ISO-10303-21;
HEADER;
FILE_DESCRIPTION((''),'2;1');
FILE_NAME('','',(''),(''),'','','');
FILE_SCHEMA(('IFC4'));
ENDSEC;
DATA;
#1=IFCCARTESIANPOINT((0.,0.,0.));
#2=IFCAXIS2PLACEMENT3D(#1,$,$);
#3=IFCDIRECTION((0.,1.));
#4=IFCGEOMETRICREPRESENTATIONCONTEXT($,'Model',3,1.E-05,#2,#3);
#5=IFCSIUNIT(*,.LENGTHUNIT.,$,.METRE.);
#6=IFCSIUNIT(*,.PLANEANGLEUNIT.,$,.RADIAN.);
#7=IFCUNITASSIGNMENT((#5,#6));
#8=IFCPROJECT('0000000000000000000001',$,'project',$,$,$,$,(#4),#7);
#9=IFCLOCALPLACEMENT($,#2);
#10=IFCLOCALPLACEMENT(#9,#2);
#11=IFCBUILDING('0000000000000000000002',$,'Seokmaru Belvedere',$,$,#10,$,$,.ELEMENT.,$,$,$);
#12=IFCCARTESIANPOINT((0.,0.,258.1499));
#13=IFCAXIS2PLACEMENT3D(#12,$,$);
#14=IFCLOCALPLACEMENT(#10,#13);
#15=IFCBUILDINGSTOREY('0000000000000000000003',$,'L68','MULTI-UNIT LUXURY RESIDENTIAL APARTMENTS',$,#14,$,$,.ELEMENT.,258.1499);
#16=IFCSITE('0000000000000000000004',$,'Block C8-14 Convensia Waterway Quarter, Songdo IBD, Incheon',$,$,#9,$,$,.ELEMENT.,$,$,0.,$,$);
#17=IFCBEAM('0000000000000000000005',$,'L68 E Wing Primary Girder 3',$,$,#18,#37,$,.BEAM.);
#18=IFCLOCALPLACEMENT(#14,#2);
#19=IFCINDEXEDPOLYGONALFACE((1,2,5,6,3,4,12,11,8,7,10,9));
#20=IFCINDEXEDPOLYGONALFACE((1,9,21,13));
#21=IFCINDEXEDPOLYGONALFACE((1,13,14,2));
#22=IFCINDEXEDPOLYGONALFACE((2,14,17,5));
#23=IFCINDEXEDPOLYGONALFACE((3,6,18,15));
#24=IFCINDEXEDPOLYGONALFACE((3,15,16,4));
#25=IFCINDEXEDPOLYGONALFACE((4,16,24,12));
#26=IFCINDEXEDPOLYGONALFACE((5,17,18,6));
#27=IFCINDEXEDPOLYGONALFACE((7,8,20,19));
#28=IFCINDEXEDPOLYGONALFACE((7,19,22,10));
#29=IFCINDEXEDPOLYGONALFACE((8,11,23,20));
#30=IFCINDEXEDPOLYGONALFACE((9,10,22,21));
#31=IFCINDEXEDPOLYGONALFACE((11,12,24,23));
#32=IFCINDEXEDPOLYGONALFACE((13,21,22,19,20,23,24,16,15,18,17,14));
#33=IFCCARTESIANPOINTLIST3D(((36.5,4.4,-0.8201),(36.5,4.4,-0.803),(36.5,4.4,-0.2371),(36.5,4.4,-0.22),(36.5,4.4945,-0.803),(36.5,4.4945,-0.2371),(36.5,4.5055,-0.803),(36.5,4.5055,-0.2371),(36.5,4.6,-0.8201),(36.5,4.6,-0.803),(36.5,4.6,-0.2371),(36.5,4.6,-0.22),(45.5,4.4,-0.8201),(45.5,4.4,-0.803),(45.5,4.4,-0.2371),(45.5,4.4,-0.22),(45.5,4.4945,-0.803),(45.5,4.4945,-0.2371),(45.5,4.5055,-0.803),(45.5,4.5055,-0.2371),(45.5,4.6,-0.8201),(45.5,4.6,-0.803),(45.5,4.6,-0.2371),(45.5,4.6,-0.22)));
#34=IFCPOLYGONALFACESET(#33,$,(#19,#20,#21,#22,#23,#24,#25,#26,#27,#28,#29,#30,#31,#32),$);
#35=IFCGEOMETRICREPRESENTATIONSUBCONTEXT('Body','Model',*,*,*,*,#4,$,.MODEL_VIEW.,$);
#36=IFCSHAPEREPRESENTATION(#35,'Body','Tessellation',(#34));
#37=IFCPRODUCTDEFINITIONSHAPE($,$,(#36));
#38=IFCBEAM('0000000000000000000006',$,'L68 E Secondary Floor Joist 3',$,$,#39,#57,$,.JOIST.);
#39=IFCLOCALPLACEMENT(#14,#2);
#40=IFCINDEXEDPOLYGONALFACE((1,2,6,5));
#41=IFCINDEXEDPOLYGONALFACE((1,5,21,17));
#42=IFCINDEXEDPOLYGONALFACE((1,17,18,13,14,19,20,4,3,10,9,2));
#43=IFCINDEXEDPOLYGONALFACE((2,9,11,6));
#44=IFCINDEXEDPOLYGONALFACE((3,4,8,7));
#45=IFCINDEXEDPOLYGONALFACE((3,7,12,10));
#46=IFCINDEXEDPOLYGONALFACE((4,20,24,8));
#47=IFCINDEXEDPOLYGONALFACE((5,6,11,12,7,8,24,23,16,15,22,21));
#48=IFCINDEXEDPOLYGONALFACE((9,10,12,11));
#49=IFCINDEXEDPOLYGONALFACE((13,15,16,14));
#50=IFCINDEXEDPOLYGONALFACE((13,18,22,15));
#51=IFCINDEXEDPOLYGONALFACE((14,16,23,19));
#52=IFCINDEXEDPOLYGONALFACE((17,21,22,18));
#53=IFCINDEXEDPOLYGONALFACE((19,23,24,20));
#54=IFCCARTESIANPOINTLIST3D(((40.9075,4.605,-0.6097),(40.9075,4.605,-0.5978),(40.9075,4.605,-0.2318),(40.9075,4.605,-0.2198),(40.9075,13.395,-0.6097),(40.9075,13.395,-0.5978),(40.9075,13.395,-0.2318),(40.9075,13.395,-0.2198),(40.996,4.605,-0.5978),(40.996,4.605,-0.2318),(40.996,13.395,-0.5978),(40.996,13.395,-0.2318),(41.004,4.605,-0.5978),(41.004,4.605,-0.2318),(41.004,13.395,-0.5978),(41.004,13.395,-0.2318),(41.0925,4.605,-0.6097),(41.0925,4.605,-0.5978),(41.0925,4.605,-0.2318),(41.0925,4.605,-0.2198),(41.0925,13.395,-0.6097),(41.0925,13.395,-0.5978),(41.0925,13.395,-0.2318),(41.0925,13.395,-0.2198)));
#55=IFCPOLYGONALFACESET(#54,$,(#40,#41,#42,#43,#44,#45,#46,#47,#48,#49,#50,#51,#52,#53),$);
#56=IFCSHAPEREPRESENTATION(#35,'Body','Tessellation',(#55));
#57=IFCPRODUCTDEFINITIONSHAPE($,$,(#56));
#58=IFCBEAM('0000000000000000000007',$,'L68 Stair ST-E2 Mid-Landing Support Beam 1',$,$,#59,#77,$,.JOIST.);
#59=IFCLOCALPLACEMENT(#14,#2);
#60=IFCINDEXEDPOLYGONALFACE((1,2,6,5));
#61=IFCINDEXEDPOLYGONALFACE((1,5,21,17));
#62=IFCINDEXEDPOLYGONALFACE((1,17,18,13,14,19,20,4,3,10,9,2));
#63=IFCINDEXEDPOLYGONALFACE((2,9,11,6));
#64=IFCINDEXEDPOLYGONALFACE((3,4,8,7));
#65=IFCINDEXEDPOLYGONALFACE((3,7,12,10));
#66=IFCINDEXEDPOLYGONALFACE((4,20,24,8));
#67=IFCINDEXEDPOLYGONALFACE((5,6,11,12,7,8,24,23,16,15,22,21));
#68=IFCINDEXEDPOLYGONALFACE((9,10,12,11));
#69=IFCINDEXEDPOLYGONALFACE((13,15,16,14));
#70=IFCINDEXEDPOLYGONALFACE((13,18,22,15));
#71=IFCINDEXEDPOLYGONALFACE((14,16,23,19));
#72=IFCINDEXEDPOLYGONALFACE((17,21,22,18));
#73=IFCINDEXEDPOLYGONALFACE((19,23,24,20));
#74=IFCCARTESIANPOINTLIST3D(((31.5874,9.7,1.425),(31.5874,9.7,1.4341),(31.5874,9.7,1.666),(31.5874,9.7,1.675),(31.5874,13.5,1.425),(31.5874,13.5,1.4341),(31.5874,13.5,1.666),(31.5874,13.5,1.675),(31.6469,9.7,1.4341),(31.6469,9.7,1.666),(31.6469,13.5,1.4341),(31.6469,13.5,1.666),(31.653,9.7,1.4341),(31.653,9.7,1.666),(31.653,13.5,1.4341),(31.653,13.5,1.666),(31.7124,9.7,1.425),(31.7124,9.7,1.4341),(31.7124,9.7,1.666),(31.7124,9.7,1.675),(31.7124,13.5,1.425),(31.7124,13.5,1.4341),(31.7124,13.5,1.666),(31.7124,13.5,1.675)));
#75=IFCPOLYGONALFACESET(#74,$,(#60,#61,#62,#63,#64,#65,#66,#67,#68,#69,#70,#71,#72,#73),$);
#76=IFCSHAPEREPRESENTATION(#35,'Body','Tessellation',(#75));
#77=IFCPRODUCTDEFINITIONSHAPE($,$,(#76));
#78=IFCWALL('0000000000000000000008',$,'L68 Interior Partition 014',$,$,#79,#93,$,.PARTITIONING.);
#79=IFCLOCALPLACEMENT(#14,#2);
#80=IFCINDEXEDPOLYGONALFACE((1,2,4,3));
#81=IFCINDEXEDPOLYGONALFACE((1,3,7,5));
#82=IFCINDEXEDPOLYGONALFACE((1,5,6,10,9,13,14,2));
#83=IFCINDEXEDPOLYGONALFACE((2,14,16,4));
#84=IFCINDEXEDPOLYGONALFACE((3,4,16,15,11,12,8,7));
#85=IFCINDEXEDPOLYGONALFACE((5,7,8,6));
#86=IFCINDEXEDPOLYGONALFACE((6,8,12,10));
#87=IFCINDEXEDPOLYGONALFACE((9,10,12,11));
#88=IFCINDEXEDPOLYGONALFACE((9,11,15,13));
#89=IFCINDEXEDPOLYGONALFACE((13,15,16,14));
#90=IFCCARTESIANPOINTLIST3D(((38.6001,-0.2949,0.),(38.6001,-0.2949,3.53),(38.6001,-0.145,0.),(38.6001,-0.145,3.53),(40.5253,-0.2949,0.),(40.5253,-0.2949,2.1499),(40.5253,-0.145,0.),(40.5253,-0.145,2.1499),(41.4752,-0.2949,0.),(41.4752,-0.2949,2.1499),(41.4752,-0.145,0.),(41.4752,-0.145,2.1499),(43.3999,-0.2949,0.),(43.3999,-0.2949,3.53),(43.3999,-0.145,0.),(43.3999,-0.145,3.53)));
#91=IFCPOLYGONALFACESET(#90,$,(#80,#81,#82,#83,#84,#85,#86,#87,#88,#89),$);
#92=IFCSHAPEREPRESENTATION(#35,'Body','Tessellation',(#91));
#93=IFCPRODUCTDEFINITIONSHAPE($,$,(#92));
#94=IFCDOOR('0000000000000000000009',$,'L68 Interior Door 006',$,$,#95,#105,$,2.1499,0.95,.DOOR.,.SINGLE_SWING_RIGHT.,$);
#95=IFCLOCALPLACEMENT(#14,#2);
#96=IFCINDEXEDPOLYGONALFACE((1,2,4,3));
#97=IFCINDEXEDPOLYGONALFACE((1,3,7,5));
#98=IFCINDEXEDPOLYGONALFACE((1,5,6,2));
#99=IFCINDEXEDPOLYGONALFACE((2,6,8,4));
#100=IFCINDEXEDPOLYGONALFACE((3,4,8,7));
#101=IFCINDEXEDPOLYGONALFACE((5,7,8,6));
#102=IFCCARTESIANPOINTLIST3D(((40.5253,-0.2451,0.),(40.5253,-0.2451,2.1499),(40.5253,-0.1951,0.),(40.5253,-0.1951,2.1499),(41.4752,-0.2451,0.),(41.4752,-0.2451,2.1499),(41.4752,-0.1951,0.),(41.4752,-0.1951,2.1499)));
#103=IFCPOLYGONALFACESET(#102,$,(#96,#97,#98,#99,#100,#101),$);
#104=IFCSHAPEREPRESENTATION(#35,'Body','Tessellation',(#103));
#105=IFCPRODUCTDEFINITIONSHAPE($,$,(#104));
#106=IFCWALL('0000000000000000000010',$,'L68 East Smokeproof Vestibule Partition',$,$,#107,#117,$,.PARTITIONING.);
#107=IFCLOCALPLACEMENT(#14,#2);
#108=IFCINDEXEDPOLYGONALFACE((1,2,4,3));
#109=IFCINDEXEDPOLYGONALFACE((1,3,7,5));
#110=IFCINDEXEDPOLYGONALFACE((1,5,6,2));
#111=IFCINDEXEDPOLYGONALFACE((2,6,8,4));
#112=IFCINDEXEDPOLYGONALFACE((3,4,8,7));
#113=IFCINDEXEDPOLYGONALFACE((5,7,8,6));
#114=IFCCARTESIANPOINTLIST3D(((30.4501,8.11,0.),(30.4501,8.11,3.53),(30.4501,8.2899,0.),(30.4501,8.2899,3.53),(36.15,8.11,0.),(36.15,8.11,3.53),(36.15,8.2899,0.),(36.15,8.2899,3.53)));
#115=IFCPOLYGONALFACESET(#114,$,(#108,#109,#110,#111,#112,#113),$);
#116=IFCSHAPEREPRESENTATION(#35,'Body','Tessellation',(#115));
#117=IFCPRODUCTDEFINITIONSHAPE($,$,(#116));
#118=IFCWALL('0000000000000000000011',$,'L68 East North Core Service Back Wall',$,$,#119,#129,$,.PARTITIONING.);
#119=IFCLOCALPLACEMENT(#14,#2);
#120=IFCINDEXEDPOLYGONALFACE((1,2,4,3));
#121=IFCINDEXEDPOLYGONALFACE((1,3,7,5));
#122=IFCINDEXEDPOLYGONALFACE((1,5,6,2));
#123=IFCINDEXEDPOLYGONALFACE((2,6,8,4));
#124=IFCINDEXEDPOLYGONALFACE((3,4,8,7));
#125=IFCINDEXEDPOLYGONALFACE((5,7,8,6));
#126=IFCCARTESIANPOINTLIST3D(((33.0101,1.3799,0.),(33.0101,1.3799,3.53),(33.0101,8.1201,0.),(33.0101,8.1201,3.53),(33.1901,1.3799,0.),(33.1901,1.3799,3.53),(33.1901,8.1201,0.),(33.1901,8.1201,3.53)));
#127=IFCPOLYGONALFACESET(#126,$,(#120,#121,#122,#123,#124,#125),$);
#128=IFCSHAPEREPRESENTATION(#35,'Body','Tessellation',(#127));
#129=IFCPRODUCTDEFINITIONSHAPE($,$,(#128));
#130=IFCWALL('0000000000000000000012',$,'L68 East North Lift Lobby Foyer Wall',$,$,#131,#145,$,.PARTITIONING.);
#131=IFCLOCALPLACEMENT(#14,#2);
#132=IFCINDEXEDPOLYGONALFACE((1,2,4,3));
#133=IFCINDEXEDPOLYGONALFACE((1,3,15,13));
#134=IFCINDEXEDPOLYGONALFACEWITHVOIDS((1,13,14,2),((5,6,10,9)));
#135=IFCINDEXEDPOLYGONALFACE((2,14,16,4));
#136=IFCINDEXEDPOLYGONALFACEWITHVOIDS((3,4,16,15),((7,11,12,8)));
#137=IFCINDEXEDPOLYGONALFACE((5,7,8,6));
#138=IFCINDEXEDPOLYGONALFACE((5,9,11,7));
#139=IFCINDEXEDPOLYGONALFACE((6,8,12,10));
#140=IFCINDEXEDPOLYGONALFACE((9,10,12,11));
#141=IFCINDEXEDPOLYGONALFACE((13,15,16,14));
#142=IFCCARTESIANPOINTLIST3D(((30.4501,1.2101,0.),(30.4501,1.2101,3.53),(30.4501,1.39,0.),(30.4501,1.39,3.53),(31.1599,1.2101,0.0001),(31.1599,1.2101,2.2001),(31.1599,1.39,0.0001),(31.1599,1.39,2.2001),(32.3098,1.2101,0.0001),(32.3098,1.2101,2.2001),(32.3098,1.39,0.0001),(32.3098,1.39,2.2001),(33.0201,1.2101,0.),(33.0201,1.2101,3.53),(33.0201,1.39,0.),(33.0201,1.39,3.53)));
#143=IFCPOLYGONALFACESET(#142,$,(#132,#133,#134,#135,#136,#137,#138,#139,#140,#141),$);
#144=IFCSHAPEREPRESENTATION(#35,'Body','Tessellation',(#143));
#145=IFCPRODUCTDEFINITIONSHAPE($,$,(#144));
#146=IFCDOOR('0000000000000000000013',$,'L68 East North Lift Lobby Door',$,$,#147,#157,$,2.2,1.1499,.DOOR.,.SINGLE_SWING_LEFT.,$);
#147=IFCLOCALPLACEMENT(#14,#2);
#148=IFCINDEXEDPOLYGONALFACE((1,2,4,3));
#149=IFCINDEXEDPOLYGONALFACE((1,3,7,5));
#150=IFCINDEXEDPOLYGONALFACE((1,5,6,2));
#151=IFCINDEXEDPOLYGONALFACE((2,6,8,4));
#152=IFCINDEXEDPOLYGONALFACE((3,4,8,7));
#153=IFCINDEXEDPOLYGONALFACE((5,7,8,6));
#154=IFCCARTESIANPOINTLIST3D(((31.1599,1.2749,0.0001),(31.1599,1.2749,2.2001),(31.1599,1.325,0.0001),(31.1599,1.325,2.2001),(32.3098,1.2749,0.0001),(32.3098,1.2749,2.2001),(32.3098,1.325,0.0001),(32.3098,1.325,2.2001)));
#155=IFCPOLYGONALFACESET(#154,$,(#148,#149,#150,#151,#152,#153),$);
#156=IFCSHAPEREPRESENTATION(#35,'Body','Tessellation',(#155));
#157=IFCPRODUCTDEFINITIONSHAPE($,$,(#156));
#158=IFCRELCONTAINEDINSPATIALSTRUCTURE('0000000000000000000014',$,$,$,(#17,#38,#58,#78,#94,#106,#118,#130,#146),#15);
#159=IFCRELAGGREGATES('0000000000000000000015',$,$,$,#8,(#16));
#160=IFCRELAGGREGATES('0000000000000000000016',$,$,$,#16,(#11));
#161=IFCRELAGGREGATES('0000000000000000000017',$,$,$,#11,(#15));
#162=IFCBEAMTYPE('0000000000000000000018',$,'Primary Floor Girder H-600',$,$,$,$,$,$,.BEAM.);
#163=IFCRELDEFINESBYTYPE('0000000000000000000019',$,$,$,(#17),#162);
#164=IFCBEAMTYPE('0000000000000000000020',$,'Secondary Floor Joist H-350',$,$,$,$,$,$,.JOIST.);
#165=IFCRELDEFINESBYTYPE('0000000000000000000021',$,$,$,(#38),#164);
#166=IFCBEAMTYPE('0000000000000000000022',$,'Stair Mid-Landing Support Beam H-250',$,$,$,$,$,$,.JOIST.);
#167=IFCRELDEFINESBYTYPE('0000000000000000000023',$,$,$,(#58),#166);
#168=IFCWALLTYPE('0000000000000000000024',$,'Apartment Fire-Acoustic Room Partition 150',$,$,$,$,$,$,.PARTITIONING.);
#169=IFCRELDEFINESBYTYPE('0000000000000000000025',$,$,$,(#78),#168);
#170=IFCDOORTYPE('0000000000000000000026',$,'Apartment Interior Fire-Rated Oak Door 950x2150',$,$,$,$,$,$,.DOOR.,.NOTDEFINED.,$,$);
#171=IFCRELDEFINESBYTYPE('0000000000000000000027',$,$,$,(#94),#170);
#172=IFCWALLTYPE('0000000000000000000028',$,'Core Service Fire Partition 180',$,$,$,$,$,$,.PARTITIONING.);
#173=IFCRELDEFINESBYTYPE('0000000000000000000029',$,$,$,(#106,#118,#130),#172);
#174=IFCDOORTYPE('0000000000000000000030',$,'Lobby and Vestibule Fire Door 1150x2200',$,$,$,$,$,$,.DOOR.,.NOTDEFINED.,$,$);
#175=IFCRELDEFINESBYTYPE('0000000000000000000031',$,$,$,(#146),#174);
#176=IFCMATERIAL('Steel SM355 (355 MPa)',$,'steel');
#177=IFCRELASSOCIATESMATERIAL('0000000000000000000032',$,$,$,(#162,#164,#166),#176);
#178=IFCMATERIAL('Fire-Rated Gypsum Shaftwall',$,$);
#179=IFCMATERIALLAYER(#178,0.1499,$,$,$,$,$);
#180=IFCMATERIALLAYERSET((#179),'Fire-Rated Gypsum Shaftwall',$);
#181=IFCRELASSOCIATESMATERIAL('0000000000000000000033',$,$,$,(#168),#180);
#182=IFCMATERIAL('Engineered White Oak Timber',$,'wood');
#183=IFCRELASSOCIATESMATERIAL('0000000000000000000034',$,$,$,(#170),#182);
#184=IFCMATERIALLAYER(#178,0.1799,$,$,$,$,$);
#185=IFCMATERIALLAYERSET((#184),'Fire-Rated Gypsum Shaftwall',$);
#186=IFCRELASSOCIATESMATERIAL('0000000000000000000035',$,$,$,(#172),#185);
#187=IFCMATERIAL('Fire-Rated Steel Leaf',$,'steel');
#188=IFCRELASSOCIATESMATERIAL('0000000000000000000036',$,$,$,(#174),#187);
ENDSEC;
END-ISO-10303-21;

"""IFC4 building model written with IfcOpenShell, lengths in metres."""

from ifc_helpers import new_model, si_unit, direction, frame, frame_2d, origin, origin_2d, place, context, subcontext, project, spatial, rectangle, i_section, extrude, source, transform, mapped, material, layer, layer_set, material_profile, profile_set, type_object, type_shapes, element, fill, save


model = new_model("IFC4")

# Units and contexts
model_context = context("Model", 3, precision=1e-05, world=origin(), true_north=direction((0.0, 1.0)))
body_context = subcontext(model_context, "Body", "Model", "MODEL_VIEW")
ifc_project = project(units=[si_unit("LENGTHUNIT", "METRE"), si_unit("PLANEANGLEUNIT", "RADIAN")], contexts=[model_context])

# Site, building, storey
site_placement = place(None, origin())
site = spatial("IfcSite", under=ifc_project, at=site_placement, Name="Block C8-14 Convensia Waterway Quarter, Songdo IBD, Incheon", CompositionType="ELEMENT", RefElevation=0.0)
building_placement = place(site_placement, origin())
building = spatial("IfcBuilding", under=site, at=building_placement, Name="Seokmaru Belvedere", CompositionType="ELEMENT")
storey_placement = place(building_placement, frame((0.0, 0.0, 258.1499)))
storey = spatial("IfcBuildingStorey", under=building, at=storey_placement, Name="L68", Description="MULTI-UNIT LUXURY RESIDENTIAL APARTMENTS", CompositionType="ELEMENT", Elevation=258.1499)

# Beams
ifc_material_1 = material(Name="Steel SM355 (355 MPa)", Category="steel")
ifc_material_profile_1 = material_profile(ifc_material_1, i_section(OverallWidth=0.2, OverallDepth=0.6001, WebThickness=0.011, FlangeThickness=0.0171, at=origin_2d()), Name="H-600x200x11x17")
ifc_profile_set_1 = profile_set([ifc_material_profile_1], Name="Steel SM355 (355 MPa)")
beam_type_1 = type_object("IfcBeamType", Name="Primary Floor Girder H-600", PredefinedType="BEAM", material=ifc_profile_set_1)
shared_shape_1 = source(origin(), body_context, "Body", "SweptSolid", [
    extrude(i_section(OverallWidth=0.2, OverallDepth=0.6001, WebThickness=0.011, FlangeThickness=0.0171, at=origin_2d()), origin(), (0.0, 0.0, 1.0), 9.0),
])
type_shapes(beam_type_1, [shared_shape_1])
beam_1_placement = place(storey_placement, frame((36.5, 4.5, -0.52), z_axis=(1.0, 0.0, 0.0), x_axis=(0.0, 1.0, 0.0)))
element("IfcBeam", 1, at=beam_1_placement, inside=storey, type_object=beam_type_1, Name="L68 E Wing Primary Girder 3", PredefinedType="BEAM", context=body_context, shape_type="MappedRepresentation", body=[
    mapped(shared_shape_1, transform((0.0, 0.0, 0.0), scale=1.0)),
])
ifc_material_profile_2 = material_profile(ifc_material_1, i_section(OverallWidth=0.1851, OverallDepth=0.3899, WebThickness=0.0081, FlangeThickness=0.012, at=origin_2d()), Name="H-390x185x8x12")
ifc_profile_set_2 = profile_set([ifc_material_profile_2], Name="Steel SM355 (355 MPa)")
beam_type_2 = type_object("IfcBeamType", Name="Secondary Floor Joist H-350", PredefinedType="JOIST", material=ifc_profile_set_2)
shared_shape_2 = source(origin(), body_context, "Body", "SweptSolid", [
    extrude(i_section(OverallWidth=0.1851, OverallDepth=0.3899, WebThickness=0.0081, FlangeThickness=0.012, at=origin_2d()), origin(), (0.0, 0.0, 1.0), 8.79),
])
type_shapes(beam_type_2, [shared_shape_2])
beam_2_placement = place(storey_placement, frame((41.0, 4.605, -0.4148), z_axis=(0.0, 1.0, 0.0), x_axis=(-1.0, 0.0, 0.0)))
element("IfcBeam", 2, at=beam_2_placement, inside=storey, type_object=beam_type_2, Name="L68 E Secondary Floor Joist 3", PredefinedType="JOIST", context=body_context, shape_type="MappedRepresentation", body=[
    mapped(shared_shape_2, transform((0.0, 0.0, 0.0), scale=1.0)),
])
ifc_material_profile_3 = material_profile(ifc_material_1, i_section(OverallWidth=0.125, OverallDepth=0.25, WebThickness=0.0061, FlangeThickness=0.009, at=origin_2d()), Name="H-250x125x6x9")
ifc_profile_set_3 = profile_set([ifc_material_profile_3], Name="Steel SM355 (355 MPa)")
beam_type_3 = type_object("IfcBeamType", Name="Stair Mid-Landing Support Beam H-250", PredefinedType="JOIST", material=ifc_profile_set_3)
shared_shape_3 = source(origin(), body_context, "Body", "SweptSolid", [
    extrude(i_section(OverallWidth=0.125, OverallDepth=0.25, WebThickness=0.0061, FlangeThickness=0.009, at=origin_2d()), origin(), (0.0, 0.0, 1.0), 3.8),
])
type_shapes(beam_type_3, [shared_shape_3])
beam_3_placement = place(storey_placement, frame((31.6499, 9.7, 1.55), z_axis=(0.0, 1.0, 0.0), x_axis=(-1.0, 0.0, 0.0)))
element("IfcBeam", 3, at=beam_3_placement, inside=storey, type_object=beam_type_3, Name="L68 Stair ST-E2 Mid-Landing Support Beam 1", PredefinedType="JOIST", context=body_context, shape_type="MappedRepresentation", body=[
    mapped(shared_shape_3, transform((0.0, 0.0, 0.0), scale=1.0)),
])

# Wall, opening, door
ifc_material_2 = material(Name="Fire-Rated Gypsum Shaftwall")
ifc_layer_1 = layer(ifc_material_2, 0.1499)
ifc_layer_set_1 = layer_set([ifc_layer_1], Name="Fire-Rated Gypsum Shaftwall")
wall_type_1 = type_object("IfcWallType", Name="Apartment Fire-Acoustic Room Partition 150", PredefinedType="PARTITIONING", material=ifc_layer_set_1)
wall_1_placement = place(storey_placement, frame((38.6001, -0.22, 0.0), z_axis=(0.0, 0.0, 1.0), x_axis=(1.0, 0.0, 0.0)))
wall_1 = element("IfcWall", 4, at=wall_1_placement, inside=storey, type_object=wall_type_1, Name="L68 Interior Partition 014", PredefinedType="PARTITIONING", context=body_context, shape_type="SweptSolid", body=[
    extrude(rectangle(XDim=4.7998, YDim=0.1499, at=frame_2d((2.3999, 0.0))), origin(), (0.0, 0.0, 1.0), 3.53),
])
opening_1_placement = place(wall_1_placement, frame((1.925, 0.0, 0.0)))
opening_1 = element("IfcOpeningElement", 5, at=opening_1_placement, cuts=wall_1, PredefinedType="OPENING", context=body_context, shape_type="SweptSolid", body=[
    extrude(rectangle(XDim=0.95, YDim=2.1499, at=frame_2d((0.4751, 1.075))), frame((0.0, 0.085, 0.0), z_axis=(0.0, -1.0, 0.0), x_axis=(1.0, 0.0, 0.0)), (0.0, 0.0, 1.0), 0.1699),
])
ifc_material_3 = material(Name="Engineered White Oak Timber", Category="wood")
door_type_1 = type_object("IfcDoorType", Name="Apartment Interior Fire-Rated Oak Door 950x2150", OperationType="NOTDEFINED", PredefinedType="DOOR", material=ifc_material_3)
shared_shape_4 = source(origin(), body_context, "Body", "SweptSolid", [
    extrude(rectangle(XDim=0.95, YDim=2.1499, at=frame_2d((0.4751, 1.075))), frame((0.0, 0.0249, 0.0), z_axis=(0.0, -1.0, 0.0), x_axis=(1.0, 0.0, 0.0)), (0.0, 0.0, 1.0), 0.05),
])
type_shapes(door_type_1, [shared_shape_4])
door_1_placement = place(opening_1_placement, origin())
door_1 = element("IfcDoor", 6, at=door_1_placement, inside=storey, type_object=door_type_1, Name="L68 Interior Door 006", OperationType="SINGLE_SWING_RIGHT", OverallHeight=2.1499, OverallWidth=0.95, PredefinedType="DOOR", context=body_context, shape_type="MappedRepresentation", body=[
    mapped(shared_shape_4, transform((0.0, 0.0, 0.0), scale=1.0)),
])
fill(opening_1, door_1)

# Walls
ifc_layer_2 = layer(ifc_material_2, 0.1799)
ifc_layer_set_2 = layer_set([ifc_layer_2], Name="Fire-Rated Gypsum Shaftwall")
wall_type_2 = type_object("IfcWallType", Name="Core Service Fire Partition 180", PredefinedType="PARTITIONING", material=ifc_layer_set_2)
wall_2_placement = place(storey_placement, frame((30.45, 8.2, 0.0), z_axis=(0.0, 0.0, 1.0), x_axis=(1.0, 0.0, 0.0)))
element("IfcWall", 7, at=wall_2_placement, inside=storey, type_object=wall_type_2, Name="L68 East Smokeproof Vestibule Partition", PredefinedType="PARTITIONING", context=body_context, shape_type="SweptSolid", body=[
    extrude(rectangle(XDim=5.7, YDim=0.1799, at=frame_2d((2.8501, 0.0))), origin(), (0.0, 0.0, 1.0), 3.53),
])
wall_3_placement = place(storey_placement, frame((33.1001, 1.3799, 0.0), z_axis=(0.0, 0.0, 1.0), x_axis=(0.0, 1.0, 0.0)))
element("IfcWall", 8, at=wall_3_placement, inside=storey, type_object=wall_type_2, Name="L68 East North Core Service Back Wall", PredefinedType="PARTITIONING", context=body_context, shape_type="SweptSolid", body=[
    extrude(rectangle(XDim=6.7402, YDim=0.1799, at=frame_2d((3.3701, 0.0))), origin(), (0.0, 0.0, 1.0), 3.53),
])

# Wall, opening, door
wall_4_placement = place(storey_placement, frame((30.45, 1.3, 0.0), z_axis=(0.0, 0.0, 1.0), x_axis=(1.0, 0.0, 0.0)))
wall_4 = element("IfcWall", 9, at=wall_4_placement, inside=storey, type_object=wall_type_2, Name="L68 East North Lift Lobby Foyer Wall", PredefinedType="PARTITIONING", context=body_context, shape_type="SweptSolid", body=[
    extrude(rectangle(XDim=2.5701, YDim=0.1799, at=frame_2d((1.2852, 0.0))), origin(), (0.0, 0.0, 1.0), 3.53),
])
opening_2_placement = place(wall_4_placement, frame((0.71, 0.0, 0.0)))
opening_2 = element("IfcOpeningElement", 10, at=opening_2_placement, cuts=wall_4, PredefinedType="OPENING", context=body_context, shape_type="SweptSolid", body=[
    extrude(rectangle(XDim=1.1499, YDim=2.2, at=frame_2d((0.575, 1.1001))), frame((0.0, 0.1001, 0.0), z_axis=(0.0, -1.0, 0.0), x_axis=(1.0, 0.0, 0.0)), (0.0, 0.0, 1.0), 0.2),
])
ifc_material_4 = material(Name="Fire-Rated Steel Leaf", Category="steel")
door_type_2 = type_object("IfcDoorType", Name="Lobby and Vestibule Fire Door 1150x2200", OperationType="NOTDEFINED", PredefinedType="DOOR", material=ifc_material_4)
shared_shape_5 = source(origin(), body_context, "Body", "SweptSolid", [
    extrude(rectangle(XDim=1.1499, YDim=2.2, at=frame_2d((0.575, 1.1001))), frame((0.0, 0.0249, 0.0), z_axis=(0.0, -1.0, 0.0), x_axis=(1.0, 0.0, 0.0)), (0.0, 0.0, 1.0), 0.05),
])
type_shapes(door_type_2, [shared_shape_5])
door_2_placement = place(opening_2_placement, origin())
door_2 = element("IfcDoor", 11, at=door_2_placement, inside=storey, type_object=door_type_2, Name="L68 East North Lift Lobby Door", OperationType="SINGLE_SWING_LEFT", OverallHeight=2.2, OverallWidth=1.1499, PredefinedType="DOOR", context=body_context, shape_type="MappedRepresentation", body=[
    mapped(shared_shape_5, transform((0.0, 0.0, 0.0), scale=1.0)),
])
fill(opening_2, door_2)

save(model, "model.ifc")
